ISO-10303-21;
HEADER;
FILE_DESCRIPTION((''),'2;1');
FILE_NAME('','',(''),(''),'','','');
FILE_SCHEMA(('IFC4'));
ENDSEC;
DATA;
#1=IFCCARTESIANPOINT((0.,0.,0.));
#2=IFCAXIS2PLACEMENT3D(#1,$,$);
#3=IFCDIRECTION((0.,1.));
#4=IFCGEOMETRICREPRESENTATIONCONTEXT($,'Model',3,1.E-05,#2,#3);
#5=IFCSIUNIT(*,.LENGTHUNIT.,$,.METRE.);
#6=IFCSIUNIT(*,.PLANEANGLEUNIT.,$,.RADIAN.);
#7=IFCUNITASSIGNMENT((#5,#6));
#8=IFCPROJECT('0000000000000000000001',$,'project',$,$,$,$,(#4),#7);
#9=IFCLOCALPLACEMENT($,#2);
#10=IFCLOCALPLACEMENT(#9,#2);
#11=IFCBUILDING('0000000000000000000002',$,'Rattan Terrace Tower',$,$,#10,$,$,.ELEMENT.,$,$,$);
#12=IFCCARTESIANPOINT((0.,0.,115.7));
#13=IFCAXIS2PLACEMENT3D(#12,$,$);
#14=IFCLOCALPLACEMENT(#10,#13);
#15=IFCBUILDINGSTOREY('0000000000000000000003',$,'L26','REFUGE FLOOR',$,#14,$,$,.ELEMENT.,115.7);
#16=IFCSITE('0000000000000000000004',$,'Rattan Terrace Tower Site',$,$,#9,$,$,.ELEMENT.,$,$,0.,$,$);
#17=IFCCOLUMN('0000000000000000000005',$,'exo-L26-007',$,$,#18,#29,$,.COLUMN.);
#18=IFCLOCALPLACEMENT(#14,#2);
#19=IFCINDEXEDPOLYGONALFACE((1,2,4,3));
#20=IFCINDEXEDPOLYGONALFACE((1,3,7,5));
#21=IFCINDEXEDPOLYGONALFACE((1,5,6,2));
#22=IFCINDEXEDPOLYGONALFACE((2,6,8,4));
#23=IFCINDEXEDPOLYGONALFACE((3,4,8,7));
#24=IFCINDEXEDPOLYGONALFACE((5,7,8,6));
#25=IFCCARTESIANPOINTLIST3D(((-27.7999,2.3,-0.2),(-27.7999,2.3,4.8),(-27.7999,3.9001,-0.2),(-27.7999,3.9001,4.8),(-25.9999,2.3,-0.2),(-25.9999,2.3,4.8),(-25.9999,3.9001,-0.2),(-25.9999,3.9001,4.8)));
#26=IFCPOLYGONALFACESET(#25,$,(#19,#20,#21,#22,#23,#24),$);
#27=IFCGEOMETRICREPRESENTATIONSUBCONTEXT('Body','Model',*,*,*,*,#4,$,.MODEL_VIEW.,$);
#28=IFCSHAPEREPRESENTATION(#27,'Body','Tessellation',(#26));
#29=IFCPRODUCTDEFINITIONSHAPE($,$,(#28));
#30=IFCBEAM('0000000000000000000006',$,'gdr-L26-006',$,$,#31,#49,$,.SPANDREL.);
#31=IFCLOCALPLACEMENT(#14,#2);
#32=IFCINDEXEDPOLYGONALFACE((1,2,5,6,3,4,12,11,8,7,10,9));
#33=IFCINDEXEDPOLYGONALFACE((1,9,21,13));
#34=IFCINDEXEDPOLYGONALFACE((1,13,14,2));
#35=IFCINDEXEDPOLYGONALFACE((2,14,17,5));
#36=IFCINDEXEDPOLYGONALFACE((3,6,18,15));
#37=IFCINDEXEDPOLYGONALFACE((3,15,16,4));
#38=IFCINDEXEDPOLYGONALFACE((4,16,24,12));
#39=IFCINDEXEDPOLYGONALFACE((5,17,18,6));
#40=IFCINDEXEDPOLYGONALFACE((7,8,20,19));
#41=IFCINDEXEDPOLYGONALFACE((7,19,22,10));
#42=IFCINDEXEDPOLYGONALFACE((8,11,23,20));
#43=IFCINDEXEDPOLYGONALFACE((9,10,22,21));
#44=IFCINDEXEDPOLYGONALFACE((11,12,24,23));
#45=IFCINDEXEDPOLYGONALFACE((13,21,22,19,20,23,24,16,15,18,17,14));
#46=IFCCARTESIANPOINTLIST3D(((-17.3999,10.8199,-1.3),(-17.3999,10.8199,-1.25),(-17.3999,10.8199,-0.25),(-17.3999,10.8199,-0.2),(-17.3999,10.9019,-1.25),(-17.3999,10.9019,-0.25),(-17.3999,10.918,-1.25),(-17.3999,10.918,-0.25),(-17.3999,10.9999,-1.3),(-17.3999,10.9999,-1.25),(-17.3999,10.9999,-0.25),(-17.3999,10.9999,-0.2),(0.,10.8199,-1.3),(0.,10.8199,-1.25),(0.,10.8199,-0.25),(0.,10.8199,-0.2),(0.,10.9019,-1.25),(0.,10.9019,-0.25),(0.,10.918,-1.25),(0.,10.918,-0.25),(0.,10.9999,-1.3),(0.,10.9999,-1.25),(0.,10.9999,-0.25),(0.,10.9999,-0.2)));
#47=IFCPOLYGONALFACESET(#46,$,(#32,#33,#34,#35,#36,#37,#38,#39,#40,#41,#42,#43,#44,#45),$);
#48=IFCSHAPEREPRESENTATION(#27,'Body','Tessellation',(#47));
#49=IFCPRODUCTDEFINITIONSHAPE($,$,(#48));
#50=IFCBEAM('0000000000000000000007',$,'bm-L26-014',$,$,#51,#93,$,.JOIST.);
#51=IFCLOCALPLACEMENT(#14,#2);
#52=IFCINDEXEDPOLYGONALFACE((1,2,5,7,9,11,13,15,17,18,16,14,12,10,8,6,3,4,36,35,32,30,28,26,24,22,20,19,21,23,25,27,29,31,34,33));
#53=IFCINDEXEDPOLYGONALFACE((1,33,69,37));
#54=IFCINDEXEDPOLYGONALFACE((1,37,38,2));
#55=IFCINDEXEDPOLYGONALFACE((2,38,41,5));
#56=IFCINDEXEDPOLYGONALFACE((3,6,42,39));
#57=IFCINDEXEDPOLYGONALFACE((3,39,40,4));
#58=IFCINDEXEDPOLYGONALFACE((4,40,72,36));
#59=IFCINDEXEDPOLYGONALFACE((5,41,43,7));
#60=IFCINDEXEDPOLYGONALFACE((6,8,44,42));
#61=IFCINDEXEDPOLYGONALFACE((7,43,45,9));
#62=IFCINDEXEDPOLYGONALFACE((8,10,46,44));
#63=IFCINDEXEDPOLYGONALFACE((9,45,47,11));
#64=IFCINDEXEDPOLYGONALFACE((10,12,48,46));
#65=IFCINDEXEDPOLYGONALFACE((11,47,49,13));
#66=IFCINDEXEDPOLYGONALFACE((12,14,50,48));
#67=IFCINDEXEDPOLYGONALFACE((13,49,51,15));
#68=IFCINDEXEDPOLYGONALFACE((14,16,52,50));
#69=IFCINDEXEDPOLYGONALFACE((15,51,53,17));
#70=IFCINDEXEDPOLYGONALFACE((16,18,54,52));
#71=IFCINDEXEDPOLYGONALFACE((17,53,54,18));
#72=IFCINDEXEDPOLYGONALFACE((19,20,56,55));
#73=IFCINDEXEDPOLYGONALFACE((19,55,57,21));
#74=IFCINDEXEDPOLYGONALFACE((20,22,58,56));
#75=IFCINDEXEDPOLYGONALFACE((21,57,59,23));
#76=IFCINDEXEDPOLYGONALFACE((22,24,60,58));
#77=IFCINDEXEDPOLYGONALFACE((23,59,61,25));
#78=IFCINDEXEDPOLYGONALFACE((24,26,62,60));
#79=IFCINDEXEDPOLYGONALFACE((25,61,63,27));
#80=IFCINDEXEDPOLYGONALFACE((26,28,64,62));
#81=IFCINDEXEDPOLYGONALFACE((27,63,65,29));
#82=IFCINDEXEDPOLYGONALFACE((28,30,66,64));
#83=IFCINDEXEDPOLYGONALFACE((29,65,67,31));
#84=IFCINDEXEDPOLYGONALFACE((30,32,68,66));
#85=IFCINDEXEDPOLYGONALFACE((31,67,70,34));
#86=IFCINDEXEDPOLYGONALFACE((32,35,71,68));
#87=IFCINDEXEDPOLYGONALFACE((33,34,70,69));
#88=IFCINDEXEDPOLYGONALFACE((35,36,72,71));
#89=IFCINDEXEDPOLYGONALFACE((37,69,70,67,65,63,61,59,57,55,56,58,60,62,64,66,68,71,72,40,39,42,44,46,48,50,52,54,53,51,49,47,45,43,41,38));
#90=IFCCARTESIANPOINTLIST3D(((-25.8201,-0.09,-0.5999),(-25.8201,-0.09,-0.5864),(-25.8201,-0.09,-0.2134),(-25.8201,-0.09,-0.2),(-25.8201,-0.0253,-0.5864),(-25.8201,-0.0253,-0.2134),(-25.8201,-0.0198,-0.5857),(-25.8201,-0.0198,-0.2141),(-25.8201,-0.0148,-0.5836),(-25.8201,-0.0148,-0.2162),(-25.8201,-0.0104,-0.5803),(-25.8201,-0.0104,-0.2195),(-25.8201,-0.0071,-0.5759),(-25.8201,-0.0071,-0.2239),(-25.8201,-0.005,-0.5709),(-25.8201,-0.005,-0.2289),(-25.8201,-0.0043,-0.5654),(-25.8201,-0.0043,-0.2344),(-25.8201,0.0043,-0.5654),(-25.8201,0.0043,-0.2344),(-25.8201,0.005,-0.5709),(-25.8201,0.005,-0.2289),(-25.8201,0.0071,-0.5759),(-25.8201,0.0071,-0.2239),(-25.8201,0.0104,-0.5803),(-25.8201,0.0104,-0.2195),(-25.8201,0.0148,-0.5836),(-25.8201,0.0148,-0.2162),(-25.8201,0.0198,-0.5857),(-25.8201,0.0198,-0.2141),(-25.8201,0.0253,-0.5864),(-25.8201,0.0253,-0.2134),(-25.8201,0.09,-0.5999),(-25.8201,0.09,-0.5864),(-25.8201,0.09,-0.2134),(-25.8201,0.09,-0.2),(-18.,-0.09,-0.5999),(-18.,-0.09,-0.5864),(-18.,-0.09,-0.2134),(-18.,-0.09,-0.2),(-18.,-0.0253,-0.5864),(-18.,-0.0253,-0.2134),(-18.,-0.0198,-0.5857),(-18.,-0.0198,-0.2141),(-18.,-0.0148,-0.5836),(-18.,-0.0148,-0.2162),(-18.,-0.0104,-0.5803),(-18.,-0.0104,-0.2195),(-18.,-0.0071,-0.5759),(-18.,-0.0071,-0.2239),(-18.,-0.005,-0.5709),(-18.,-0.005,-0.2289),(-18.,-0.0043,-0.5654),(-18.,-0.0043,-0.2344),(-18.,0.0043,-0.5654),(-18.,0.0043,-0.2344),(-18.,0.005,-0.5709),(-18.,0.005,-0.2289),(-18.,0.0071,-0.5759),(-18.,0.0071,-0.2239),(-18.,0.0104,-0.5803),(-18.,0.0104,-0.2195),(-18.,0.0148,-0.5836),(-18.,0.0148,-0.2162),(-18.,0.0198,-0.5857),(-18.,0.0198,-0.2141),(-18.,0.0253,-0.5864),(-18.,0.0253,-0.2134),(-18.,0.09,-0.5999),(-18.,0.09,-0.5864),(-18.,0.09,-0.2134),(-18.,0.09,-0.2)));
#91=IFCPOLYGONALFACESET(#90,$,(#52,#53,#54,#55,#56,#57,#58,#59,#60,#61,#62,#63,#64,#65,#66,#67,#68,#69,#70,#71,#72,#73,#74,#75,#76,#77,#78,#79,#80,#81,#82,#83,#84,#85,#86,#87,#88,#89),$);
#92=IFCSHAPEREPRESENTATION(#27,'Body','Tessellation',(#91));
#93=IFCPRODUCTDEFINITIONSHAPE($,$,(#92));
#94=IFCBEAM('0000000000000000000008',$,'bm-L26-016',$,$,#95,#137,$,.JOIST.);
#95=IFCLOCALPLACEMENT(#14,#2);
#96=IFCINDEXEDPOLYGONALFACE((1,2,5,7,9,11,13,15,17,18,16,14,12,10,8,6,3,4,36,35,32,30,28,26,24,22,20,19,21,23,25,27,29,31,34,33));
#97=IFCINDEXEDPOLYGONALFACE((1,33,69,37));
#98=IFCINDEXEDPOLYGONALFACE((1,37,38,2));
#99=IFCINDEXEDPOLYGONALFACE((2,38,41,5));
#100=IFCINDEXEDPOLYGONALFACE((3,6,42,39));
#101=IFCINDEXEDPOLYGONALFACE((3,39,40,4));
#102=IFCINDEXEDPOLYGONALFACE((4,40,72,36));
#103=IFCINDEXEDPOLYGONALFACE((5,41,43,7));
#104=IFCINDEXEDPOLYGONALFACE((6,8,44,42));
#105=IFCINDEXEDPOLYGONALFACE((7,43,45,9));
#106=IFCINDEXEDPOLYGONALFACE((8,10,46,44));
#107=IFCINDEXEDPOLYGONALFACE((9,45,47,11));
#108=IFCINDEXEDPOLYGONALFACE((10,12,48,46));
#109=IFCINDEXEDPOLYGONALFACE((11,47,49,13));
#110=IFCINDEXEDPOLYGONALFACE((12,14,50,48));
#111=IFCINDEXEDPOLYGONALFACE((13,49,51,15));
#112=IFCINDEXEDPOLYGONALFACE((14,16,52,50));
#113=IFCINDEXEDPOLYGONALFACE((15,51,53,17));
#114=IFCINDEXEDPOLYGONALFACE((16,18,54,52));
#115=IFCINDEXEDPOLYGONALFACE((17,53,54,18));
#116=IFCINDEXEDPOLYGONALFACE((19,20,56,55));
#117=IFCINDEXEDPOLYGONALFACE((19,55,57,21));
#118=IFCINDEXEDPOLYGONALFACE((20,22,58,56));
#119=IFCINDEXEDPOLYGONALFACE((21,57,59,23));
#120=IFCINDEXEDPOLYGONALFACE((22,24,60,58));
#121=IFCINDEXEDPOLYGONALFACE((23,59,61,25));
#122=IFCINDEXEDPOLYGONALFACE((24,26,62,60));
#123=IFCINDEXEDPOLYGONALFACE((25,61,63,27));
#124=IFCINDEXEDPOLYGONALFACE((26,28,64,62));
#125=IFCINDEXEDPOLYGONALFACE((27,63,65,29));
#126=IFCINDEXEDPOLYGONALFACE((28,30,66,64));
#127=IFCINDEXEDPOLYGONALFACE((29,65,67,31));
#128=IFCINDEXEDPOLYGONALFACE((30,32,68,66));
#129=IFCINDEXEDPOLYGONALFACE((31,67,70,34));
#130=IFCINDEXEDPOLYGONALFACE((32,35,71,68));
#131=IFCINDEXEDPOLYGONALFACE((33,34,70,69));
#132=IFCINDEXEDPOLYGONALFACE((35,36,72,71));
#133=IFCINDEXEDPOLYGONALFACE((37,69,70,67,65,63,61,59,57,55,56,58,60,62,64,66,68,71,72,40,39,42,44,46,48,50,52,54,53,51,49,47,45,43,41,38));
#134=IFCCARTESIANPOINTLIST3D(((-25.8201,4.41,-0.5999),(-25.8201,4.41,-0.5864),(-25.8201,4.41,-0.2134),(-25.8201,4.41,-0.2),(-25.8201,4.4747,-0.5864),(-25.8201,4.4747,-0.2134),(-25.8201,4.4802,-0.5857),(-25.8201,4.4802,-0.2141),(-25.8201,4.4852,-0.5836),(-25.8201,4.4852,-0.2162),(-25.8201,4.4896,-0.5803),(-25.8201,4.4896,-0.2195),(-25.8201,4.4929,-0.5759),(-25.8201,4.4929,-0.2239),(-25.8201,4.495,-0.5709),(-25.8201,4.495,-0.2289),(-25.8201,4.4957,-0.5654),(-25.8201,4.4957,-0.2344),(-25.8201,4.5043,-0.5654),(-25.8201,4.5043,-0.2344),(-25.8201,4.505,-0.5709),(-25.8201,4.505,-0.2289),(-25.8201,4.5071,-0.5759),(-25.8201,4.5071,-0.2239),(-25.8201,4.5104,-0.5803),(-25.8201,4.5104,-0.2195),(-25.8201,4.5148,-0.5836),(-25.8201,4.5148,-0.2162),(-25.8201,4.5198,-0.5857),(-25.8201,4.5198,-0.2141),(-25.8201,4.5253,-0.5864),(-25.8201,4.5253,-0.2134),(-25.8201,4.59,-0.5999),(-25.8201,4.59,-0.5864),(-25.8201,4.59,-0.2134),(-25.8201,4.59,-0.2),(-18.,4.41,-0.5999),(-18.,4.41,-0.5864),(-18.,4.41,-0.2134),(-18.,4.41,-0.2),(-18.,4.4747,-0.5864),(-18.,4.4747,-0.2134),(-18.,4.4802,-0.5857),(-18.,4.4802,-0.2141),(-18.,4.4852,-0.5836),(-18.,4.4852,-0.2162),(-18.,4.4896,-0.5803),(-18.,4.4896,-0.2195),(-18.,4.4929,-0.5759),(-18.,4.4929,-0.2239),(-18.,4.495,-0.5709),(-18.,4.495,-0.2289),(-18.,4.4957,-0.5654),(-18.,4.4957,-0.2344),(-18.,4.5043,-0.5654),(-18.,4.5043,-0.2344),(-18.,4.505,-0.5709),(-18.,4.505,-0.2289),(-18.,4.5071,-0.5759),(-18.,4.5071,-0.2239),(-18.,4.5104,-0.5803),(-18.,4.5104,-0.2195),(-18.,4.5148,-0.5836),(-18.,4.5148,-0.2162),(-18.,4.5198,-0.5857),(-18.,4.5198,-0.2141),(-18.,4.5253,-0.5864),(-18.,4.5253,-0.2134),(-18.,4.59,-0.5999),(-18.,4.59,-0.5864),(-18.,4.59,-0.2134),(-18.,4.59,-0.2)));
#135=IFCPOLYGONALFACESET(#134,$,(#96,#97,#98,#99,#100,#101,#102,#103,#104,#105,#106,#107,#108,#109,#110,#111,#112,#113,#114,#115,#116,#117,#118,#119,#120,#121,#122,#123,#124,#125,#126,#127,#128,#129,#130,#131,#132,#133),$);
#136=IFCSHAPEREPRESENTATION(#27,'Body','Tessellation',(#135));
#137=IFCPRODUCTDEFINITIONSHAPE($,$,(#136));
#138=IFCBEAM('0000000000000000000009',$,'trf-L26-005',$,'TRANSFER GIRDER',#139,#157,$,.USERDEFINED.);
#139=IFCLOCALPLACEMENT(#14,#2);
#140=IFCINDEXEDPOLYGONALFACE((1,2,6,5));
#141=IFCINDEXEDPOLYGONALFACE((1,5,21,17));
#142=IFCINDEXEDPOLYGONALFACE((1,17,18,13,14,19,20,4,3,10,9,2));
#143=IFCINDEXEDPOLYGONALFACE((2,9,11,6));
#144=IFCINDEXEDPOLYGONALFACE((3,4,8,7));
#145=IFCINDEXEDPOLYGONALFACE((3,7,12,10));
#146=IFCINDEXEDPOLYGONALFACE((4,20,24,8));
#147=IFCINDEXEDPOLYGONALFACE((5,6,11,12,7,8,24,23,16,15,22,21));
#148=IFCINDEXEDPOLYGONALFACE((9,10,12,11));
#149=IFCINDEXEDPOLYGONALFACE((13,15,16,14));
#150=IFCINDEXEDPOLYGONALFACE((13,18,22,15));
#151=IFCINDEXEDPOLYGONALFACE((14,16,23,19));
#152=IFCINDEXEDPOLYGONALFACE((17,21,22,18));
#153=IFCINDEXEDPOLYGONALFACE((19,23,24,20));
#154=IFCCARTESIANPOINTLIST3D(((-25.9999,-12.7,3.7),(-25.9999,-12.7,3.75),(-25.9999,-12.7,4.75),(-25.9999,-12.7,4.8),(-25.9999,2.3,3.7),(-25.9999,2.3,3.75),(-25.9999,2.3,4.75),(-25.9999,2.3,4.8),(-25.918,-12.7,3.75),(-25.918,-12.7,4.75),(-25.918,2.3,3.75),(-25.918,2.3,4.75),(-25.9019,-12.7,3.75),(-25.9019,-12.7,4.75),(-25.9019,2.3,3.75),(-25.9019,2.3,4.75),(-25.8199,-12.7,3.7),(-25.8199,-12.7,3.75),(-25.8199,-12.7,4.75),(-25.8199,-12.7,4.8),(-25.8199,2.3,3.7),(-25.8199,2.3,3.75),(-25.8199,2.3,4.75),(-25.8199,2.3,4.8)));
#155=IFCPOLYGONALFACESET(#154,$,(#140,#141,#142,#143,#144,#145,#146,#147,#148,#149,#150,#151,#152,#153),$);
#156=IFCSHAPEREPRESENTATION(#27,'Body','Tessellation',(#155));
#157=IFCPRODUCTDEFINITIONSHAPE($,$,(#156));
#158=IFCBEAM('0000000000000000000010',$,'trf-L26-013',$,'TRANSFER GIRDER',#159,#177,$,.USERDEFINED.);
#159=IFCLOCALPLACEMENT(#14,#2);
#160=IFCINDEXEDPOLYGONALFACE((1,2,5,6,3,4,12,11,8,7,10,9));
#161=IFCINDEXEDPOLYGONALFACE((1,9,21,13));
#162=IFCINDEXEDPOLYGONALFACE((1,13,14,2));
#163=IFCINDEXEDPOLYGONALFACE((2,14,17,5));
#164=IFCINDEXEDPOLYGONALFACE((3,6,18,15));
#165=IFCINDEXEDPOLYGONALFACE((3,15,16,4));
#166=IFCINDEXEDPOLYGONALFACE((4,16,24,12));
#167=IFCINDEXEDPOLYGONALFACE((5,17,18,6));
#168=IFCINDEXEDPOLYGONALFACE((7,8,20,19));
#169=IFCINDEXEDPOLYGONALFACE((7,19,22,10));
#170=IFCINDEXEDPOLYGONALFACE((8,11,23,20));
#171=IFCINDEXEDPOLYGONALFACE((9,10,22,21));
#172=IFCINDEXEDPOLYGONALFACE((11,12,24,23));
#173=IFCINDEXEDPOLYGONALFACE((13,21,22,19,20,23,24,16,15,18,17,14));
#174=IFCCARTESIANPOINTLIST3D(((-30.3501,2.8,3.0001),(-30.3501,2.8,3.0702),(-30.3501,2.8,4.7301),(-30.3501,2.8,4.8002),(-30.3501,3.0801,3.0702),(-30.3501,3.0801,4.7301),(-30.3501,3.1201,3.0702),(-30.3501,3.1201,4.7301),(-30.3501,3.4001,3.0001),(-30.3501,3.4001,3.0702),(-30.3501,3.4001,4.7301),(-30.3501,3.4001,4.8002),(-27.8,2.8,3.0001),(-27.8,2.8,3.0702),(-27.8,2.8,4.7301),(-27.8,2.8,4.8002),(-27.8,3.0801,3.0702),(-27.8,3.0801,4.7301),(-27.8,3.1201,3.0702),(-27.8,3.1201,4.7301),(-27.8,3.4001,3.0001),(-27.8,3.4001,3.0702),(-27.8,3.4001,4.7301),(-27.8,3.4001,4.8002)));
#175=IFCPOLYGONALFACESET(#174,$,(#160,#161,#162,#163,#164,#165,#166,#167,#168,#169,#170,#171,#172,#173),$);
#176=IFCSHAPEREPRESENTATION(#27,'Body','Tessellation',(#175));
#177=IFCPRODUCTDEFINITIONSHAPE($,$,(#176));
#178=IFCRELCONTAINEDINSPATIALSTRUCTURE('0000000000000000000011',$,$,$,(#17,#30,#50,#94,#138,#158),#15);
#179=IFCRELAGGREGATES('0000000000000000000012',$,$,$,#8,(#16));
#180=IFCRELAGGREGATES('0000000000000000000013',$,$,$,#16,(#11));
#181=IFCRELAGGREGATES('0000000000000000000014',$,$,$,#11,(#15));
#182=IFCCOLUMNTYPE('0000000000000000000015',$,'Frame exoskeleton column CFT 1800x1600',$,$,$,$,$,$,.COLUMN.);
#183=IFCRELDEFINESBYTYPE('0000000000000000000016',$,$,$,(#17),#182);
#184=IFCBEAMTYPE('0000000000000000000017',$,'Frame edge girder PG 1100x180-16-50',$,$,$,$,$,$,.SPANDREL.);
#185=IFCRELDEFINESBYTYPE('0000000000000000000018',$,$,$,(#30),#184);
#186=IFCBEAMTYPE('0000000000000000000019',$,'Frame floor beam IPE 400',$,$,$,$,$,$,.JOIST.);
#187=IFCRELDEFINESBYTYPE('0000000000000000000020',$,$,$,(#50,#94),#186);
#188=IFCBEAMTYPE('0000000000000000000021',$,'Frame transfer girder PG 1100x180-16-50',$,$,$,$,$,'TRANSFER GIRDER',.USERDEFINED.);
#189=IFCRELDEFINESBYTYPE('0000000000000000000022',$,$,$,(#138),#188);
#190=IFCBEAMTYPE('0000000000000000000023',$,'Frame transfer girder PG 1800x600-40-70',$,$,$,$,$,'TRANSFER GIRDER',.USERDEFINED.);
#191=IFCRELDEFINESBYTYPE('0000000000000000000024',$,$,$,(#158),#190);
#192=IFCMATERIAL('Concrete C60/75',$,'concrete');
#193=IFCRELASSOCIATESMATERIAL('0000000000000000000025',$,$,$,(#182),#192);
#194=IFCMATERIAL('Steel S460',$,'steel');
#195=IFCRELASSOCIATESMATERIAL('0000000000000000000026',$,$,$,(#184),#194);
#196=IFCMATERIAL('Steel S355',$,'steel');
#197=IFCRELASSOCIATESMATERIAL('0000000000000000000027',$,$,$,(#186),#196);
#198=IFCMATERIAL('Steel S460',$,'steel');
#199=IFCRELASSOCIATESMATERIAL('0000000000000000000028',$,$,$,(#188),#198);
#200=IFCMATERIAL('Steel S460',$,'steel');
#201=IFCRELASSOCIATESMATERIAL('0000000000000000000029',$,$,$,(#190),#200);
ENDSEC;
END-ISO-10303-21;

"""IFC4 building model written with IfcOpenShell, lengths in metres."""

from ifc_helpers import new_model, si_unit, direction, frame, origin, origin_2d, place, context, subcontext, project, spatial, rectangle, i_section, extrude, material, material_profile, profile_set, type_object, element, save


model = new_model("IFC4")

# Units and contexts
model_context = context("Model", 3, precision=1e-05, world=origin(), true_north=direction((0.0, 1.0)))
body_context = subcontext(model_context, "Body", "Model", "MODEL_VIEW")
ifc_project = project(units=[si_unit("LENGTHUNIT", "METRE"), si_unit("PLANEANGLEUNIT", "RADIAN")], contexts=[model_context])

# Site, building, storey
site_placement = place(None, origin())
site = spatial("IfcSite", under=ifc_project, at=site_placement, Name="Rattan Terrace Tower Site", CompositionType="ELEMENT", RefElevation=0.0)
building_placement = place(site_placement, origin())
building = spatial("IfcBuilding", under=site, at=building_placement, Name="Rattan Terrace Tower", CompositionType="ELEMENT")
storey_placement = place(building_placement, frame((0.0, 0.0, 115.7)))
storey = spatial("IfcBuildingStorey", under=building, at=storey_placement, Name="L26", Description="REFUGE FLOOR", CompositionType="ELEMENT", Elevation=115.7)

# Column
ifc_material_1 = material(Name="Concrete C60/75", Category="concrete")
ifc_material_profile_1 = material_profile(ifc_material_1, rectangle(XDim=1.6001, YDim=1.8, at=origin_2d()), Name="CFT 1800x1600")
ifc_profile_set_1 = profile_set([ifc_material_profile_1], Name="Concrete C60/75")
column_type = type_object("IfcColumnType", Name="Frame exoskeleton column CFT 1800x1600", PredefinedType="COLUMN", material=ifc_profile_set_1)
column_placement = place(storey_placement, frame((-26.8999, 3.1001, -0.2), z_axis=(0.0, 0.0, 1.0), x_axis=(0.0, 1.0, 0.0)))
element("IfcColumn", 1, at=column_placement, inside=storey, type_object=column_type, Name="exo-L26-007", PredefinedType="COLUMN", context=body_context, shape_type="SweptSolid", body=[
    extrude(rectangle(XDim=1.6001, YDim=1.8, at=origin_2d()), origin(), (0.0, 0.0, 1.0), 5.0),
])

# Beams
ifc_material_2 = material(Name="Steel S460", Category="steel")
ifc_material_profile_2 = material_profile(ifc_material_2, i_section(OverallWidth=0.1799, OverallDepth=1.1001, WebThickness=0.0161, FlangeThickness=0.05, at=origin_2d()), Name="PG 1100x180-16-50")
ifc_profile_set_2 = profile_set([ifc_material_profile_2], Name="Steel S460")
beam_type_1 = type_object("IfcBeamType", Name="Frame edge girder PG 1100x180-16-50", PredefinedType="SPANDREL", material=ifc_profile_set_2)
beam_1_placement = place(storey_placement, frame((-17.3999, 10.9099, -0.75), z_axis=(1.0, 0.0, 0.0), x_axis=(0.0, 1.0, 0.0)))
element("IfcBeam", 2, at=beam_1_placement, inside=storey, type_object=beam_type_1, Name="gdr-L26-006", PredefinedType="SPANDREL", context=body_context, shape_type="SweptSolid", body=[
    extrude(i_section(OverallWidth=0.1799, OverallDepth=1.1001, WebThickness=0.0161, FlangeThickness=0.05, at=origin_2d()), origin(), (0.0, 0.0, 1.0), 17.3999),
])
ifc_material_3 = material(Name="Steel S355", Category="steel")
ifc_material_profile_3 = material_profile(ifc_material_3, i_section(OverallWidth=0.1799, OverallDepth=0.3999, WebThickness=0.0085, FlangeThickness=0.0134, FilletRadius=0.021, at=origin_2d()), Name="IPE 400")
ifc_profile_set_3 = profile_set([ifc_material_profile_3], Name="Steel S355")
beam_type_2 = type_object("IfcBeamType", Name="Frame floor beam IPE 400", PredefinedType="JOIST", material=ifc_profile_set_3)
for number, where, z_axis, x_axis, name in (
    (3, (-25.8201, 0.0, -0.3999), (1.0, 0.0, 0.0), (0.0, 1.0, 0.0), "bm-L26-014"),
    (4, (-25.8201, 4.5, -0.3999), (1.0, 0.0, 0.0), (0.0, 1.0, 0.0), "bm-L26-016"),
):
    element("IfcBeam", number, at=place(storey_placement, frame(where, z_axis=z_axis, x_axis=x_axis)), inside=storey, type_object=beam_type_2, Name=name, PredefinedType="JOIST", context=body_context, shape_type="SweptSolid", body=[
        extrude(i_section(OverallWidth=0.1799, OverallDepth=0.3999, WebThickness=0.0085, FlangeThickness=0.0134, FilletRadius=0.021, at=origin_2d()), origin(), (0.0, 0.0, 1.0), 7.8201),
    ])
ifc_material_4 = material(Name="Steel S460", Category="steel")
ifc_material_profile_4 = material_profile(ifc_material_4, i_section(OverallWidth=0.1799, OverallDepth=1.1001, WebThickness=0.0161, FlangeThickness=0.05, at=origin_2d()), Name="PG 1100x180-16-50")
ifc_profile_set_4 = profile_set([ifc_material_profile_4], Name="Steel S460")
beam_type_3 = type_object("IfcBeamType", Name="Frame transfer girder PG 1100x180-16-50", ElementType="TRANSFER GIRDER", PredefinedType="USERDEFINED", material=ifc_profile_set_4)
beam_2_placement = place(storey_placement, frame((-25.9099, 2.3, 4.25), z_axis=(0.0, -1.0, 0.0), x_axis=(1.0, 0.0, 0.0)))
element("IfcBeam", 5, at=beam_2_placement, inside=storey, type_object=beam_type_3, Name="trf-L26-005", ObjectType="TRANSFER GIRDER", PredefinedType="USERDEFINED", context=body_context, shape_type="SweptSolid", body=[
    extrude(i_section(OverallWidth=0.1799, OverallDepth=1.1001, WebThickness=0.0161, FlangeThickness=0.05, at=origin_2d()), origin(), (0.0, 0.0, 1.0), 15.0),
])
ifc_material_5 = material(Name="Steel S460", Category="steel")
ifc_material_profile_5 = material_profile(ifc_material_5, i_section(OverallWidth=0.6001, OverallDepth=1.8, WebThickness=0.04, FlangeThickness=0.0701, at=origin_2d()), Name="PG 1800x600-40-70")
ifc_profile_set_5 = profile_set([ifc_material_profile_5], Name="Steel S460")
beam_type_4 = type_object("IfcBeamType", Name="Frame transfer girder PG 1800x600-40-70", ElementType="TRANSFER GIRDER", PredefinedType="USERDEFINED", material=ifc_profile_set_5)
beam_3_placement = place(storey_placement, frame((-30.3501, 3.1001, 3.9001), z_axis=(1.0, 0.0, 0.0), x_axis=(0.0, 1.0, 0.0)))
element("IfcBeam", 6, at=beam_3_placement, inside=storey, type_object=beam_type_4, Name="trf-L26-013", ObjectType="TRANSFER GIRDER", PredefinedType="USERDEFINED", context=body_context, shape_type="SweptSolid", body=[
    extrude(i_section(OverallWidth=0.6001, OverallDepth=1.8, WebThickness=0.04, FlangeThickness=0.0701, at=origin_2d()), origin(), (0.0, 0.0, 1.0), 2.55),
])

save(model, "model.ifc")
